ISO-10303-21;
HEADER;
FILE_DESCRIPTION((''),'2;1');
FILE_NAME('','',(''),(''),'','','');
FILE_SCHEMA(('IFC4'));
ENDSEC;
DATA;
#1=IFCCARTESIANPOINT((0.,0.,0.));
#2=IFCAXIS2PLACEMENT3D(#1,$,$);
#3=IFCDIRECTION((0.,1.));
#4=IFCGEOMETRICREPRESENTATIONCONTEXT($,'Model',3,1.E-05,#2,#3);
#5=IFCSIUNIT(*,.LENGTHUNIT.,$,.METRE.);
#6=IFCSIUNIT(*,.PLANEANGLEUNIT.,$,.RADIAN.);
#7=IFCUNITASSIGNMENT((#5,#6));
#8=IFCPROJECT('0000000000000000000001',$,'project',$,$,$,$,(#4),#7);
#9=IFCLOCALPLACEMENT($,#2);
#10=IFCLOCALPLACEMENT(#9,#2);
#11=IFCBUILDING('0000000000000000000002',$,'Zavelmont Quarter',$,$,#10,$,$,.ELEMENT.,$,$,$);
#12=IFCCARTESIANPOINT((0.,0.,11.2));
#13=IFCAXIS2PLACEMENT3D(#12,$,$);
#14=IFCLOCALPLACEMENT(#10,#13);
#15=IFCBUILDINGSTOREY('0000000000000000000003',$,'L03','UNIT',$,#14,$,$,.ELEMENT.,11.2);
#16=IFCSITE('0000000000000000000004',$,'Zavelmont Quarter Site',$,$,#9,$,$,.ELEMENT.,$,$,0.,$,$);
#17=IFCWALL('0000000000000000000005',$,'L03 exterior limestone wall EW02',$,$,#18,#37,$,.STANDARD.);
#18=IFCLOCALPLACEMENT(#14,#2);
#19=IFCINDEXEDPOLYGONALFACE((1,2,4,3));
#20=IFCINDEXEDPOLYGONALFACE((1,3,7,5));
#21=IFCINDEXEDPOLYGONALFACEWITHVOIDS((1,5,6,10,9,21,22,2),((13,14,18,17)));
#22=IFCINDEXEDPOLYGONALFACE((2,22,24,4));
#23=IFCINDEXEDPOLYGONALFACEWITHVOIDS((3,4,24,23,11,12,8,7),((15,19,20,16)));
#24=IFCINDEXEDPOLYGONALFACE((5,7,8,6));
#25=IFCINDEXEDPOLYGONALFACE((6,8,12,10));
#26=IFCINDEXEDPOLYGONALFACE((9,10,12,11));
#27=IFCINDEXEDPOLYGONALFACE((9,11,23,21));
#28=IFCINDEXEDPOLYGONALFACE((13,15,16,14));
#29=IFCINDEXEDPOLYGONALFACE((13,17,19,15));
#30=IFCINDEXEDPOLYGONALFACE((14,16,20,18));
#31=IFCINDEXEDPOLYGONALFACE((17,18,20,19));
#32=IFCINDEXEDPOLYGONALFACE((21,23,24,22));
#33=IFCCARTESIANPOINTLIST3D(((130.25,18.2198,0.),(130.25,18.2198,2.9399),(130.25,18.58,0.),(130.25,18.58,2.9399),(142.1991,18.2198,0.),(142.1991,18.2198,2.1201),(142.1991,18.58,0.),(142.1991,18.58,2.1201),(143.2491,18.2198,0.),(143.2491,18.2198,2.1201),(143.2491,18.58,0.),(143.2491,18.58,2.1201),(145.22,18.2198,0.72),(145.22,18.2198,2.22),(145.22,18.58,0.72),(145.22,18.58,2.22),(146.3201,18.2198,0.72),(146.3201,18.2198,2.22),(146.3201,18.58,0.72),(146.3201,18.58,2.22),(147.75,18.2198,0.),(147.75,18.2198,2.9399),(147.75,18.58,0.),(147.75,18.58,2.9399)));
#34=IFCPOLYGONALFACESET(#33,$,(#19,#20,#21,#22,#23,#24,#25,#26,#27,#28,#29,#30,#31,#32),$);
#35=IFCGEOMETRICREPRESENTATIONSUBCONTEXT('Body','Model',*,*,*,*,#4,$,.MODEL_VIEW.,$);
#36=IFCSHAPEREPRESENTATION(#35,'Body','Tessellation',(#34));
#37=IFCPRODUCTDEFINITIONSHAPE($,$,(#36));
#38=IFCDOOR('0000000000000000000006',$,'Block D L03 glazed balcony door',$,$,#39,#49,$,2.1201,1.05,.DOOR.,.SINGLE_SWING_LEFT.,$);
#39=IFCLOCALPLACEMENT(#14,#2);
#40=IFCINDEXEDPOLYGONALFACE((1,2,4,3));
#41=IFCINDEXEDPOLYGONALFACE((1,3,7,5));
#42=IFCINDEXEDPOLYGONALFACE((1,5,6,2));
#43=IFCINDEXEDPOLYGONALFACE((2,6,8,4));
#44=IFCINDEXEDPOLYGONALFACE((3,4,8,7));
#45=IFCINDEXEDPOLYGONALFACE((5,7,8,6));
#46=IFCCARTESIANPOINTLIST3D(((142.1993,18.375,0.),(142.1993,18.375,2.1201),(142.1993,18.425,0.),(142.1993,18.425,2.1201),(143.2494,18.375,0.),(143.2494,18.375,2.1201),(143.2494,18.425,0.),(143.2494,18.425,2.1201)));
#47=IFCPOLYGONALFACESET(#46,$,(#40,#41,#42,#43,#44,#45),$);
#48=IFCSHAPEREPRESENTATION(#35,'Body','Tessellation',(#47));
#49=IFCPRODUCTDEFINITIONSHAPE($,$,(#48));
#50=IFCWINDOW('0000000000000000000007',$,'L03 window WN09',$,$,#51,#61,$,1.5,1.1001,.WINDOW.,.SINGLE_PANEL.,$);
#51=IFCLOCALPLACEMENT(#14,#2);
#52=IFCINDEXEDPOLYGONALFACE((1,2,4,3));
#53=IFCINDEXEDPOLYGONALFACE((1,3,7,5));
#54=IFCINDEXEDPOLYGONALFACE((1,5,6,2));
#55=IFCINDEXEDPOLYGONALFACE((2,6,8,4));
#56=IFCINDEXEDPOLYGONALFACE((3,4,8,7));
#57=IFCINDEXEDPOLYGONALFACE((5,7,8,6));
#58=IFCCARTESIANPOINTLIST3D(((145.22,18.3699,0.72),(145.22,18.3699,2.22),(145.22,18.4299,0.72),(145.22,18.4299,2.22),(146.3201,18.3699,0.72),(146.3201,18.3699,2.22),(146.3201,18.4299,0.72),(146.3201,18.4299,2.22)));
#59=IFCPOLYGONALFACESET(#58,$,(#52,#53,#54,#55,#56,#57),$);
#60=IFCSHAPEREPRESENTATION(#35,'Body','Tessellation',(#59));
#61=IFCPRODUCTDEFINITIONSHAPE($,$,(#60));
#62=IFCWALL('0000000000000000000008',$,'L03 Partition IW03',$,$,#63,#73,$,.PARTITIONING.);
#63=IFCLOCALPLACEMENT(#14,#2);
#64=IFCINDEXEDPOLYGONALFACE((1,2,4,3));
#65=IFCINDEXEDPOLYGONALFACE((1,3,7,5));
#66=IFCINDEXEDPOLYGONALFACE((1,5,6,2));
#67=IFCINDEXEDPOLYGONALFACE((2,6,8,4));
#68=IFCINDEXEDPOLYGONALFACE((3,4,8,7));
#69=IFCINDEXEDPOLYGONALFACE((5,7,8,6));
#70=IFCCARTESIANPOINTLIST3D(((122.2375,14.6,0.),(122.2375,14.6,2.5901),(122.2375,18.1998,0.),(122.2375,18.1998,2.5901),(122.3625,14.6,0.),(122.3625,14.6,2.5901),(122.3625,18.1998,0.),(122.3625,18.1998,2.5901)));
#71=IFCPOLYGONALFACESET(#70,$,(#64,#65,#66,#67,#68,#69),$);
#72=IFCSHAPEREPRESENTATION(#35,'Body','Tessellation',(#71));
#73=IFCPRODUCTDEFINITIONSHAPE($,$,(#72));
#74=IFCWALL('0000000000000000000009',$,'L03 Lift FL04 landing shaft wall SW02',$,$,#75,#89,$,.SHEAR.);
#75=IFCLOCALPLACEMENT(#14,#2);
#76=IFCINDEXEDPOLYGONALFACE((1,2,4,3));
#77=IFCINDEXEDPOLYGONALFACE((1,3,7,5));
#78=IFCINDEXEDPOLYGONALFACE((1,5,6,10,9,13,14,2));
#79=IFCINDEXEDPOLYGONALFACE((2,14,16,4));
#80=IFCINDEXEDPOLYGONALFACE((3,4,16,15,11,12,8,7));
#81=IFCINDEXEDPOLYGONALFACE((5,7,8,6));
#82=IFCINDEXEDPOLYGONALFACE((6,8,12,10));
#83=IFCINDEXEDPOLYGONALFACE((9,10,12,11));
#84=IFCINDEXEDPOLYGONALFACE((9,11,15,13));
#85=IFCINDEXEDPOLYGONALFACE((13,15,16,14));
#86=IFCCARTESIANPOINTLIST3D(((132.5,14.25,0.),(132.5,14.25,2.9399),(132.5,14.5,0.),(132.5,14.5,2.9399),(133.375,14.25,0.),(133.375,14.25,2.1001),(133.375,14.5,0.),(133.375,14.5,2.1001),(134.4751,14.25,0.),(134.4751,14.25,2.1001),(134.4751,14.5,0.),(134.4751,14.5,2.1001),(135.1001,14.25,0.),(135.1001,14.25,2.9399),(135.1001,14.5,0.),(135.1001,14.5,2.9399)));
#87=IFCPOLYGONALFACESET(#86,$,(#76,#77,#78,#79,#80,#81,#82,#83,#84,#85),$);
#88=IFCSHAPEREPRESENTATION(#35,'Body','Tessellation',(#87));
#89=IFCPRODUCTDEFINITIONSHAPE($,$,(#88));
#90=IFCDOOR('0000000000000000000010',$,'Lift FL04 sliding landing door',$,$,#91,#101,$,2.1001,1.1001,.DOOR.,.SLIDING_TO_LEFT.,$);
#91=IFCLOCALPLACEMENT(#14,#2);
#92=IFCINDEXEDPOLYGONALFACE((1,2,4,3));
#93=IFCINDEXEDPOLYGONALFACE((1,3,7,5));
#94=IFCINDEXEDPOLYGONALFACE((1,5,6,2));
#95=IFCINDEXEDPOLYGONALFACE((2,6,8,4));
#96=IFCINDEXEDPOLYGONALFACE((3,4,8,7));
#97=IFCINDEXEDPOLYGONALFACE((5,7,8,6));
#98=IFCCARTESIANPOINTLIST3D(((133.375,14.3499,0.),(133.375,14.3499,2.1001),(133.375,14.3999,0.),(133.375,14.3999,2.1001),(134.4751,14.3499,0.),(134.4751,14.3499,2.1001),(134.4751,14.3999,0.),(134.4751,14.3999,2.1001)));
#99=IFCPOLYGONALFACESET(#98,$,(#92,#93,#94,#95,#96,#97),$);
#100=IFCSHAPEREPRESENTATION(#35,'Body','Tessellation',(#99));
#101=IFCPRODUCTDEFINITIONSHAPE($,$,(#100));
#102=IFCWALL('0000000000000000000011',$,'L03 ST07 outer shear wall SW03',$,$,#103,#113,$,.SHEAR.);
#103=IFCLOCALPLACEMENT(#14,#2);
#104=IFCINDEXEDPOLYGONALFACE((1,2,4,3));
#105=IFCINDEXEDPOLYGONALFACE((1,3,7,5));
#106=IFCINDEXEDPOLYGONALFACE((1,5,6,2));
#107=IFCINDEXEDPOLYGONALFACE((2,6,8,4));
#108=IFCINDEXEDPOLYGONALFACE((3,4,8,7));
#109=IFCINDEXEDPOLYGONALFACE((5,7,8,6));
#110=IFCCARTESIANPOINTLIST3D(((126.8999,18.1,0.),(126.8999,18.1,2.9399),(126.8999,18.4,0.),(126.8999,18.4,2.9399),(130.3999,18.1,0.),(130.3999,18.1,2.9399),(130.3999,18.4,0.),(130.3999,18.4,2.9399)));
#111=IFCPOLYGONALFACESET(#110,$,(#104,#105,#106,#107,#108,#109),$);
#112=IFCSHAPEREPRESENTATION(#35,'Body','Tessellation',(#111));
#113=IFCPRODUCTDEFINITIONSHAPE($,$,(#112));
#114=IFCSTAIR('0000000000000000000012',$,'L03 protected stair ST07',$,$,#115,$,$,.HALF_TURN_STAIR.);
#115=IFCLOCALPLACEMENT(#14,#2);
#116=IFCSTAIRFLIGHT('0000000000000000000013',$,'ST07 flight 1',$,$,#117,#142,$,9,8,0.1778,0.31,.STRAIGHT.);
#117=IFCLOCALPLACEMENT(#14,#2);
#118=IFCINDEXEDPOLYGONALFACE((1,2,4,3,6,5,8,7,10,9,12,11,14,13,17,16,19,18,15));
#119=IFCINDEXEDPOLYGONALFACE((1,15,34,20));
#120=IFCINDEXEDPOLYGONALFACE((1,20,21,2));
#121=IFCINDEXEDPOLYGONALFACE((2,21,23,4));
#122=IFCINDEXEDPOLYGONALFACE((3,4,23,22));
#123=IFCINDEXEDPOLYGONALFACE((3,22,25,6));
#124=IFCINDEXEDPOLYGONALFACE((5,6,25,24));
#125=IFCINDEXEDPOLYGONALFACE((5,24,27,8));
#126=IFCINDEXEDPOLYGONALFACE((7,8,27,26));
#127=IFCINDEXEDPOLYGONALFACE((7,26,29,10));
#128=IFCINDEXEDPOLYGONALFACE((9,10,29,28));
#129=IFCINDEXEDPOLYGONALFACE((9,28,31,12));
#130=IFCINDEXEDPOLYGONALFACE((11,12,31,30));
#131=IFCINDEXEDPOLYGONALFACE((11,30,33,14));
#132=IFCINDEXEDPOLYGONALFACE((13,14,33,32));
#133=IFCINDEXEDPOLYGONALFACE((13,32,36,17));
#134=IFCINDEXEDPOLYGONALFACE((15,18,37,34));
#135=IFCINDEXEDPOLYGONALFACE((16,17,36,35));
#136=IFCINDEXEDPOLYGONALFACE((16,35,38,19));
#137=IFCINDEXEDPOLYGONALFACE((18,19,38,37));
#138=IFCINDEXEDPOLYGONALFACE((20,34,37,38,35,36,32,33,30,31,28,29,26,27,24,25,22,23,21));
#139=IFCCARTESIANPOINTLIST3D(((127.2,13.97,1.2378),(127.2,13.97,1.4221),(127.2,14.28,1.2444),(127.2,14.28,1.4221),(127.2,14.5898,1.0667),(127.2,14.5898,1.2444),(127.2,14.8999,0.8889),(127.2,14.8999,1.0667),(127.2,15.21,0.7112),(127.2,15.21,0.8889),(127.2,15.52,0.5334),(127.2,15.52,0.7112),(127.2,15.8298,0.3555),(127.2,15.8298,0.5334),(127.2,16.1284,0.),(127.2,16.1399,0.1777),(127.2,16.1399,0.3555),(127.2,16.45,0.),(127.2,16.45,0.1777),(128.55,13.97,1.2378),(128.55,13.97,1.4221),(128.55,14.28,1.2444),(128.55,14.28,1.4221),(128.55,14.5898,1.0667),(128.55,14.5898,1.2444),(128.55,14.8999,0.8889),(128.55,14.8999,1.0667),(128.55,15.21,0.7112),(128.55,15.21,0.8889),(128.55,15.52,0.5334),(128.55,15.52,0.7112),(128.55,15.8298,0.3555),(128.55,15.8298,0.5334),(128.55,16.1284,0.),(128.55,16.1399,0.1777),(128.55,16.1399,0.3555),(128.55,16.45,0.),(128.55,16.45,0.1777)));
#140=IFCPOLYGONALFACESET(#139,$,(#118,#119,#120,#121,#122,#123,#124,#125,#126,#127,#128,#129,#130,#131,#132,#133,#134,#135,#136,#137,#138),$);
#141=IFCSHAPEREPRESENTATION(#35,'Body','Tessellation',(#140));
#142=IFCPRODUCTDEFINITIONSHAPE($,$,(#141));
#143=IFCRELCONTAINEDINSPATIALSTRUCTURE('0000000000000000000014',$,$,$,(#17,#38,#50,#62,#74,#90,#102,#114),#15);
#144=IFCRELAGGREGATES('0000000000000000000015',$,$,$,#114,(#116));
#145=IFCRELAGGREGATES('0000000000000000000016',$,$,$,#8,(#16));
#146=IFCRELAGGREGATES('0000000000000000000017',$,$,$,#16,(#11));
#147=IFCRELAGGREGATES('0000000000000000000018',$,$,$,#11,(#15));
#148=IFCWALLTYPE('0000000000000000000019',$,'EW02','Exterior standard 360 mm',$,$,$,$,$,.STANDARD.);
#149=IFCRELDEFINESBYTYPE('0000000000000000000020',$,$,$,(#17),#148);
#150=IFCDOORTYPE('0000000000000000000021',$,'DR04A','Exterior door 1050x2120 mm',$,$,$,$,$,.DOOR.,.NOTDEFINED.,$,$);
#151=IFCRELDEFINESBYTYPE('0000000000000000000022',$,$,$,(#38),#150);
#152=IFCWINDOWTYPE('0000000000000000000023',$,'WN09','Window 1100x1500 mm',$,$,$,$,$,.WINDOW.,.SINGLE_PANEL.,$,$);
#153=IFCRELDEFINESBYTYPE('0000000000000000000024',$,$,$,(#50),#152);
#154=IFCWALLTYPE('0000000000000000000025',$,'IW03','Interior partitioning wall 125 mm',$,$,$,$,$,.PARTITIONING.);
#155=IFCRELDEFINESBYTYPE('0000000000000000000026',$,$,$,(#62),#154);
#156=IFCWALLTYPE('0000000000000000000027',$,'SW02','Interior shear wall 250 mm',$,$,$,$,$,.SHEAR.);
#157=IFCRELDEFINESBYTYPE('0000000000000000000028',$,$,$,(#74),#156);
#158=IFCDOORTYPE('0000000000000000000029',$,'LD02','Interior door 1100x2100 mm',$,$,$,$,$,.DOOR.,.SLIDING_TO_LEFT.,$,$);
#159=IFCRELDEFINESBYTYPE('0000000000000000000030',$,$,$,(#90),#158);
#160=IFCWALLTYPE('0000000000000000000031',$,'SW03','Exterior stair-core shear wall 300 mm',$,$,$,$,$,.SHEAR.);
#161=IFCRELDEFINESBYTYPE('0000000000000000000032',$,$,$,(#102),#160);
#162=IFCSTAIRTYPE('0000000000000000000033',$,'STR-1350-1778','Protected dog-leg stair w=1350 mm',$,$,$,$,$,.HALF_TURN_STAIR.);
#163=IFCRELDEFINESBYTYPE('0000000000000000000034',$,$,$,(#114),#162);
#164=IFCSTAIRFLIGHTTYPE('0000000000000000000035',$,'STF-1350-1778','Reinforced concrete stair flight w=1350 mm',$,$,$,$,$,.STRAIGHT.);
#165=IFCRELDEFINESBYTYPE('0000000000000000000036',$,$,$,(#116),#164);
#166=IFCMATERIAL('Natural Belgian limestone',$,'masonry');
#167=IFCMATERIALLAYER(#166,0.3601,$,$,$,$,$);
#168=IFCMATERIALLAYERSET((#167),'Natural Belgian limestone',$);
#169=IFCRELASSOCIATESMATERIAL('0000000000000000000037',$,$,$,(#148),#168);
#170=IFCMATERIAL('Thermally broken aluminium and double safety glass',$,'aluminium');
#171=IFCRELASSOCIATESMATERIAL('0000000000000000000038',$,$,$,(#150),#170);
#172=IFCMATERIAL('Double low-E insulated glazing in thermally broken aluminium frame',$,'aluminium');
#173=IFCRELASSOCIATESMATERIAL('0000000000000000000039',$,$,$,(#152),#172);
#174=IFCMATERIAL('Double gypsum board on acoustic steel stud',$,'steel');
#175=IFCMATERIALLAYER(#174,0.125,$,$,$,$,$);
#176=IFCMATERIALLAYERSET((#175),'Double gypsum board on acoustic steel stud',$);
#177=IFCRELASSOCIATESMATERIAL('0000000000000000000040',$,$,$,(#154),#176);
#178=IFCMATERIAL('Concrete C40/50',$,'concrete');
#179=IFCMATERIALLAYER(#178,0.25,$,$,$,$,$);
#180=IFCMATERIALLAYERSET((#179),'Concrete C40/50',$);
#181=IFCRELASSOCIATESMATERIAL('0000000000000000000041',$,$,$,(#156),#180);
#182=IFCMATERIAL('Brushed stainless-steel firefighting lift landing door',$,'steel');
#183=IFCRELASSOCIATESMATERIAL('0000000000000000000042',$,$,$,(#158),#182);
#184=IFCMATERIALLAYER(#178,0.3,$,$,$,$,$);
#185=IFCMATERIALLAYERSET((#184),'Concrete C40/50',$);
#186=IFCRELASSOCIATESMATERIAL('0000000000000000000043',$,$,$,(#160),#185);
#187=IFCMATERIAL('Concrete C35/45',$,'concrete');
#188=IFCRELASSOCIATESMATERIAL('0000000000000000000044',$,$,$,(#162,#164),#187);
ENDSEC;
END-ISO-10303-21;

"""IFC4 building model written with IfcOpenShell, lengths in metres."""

from ifc_helpers import new_model, si_unit, direction, frame, frame_2d, origin, origin_with_axes, place, context, subcontext, project, spatial, polyline, rectangle, outline, extrude, material, layer, layer_set, type_object, element, fill, aggregate, save


model = new_model("IFC4")

# Units and contexts
model_context = context("Model", 3, precision=1e-05, world=origin(), true_north=direction((0.0, 1.0)))
body_context = subcontext(model_context, "Body", "Model", "MODEL_VIEW")
ifc_project = project(units=[si_unit("LENGTHUNIT", "METRE"), si_unit("PLANEANGLEUNIT", "RADIAN")], contexts=[model_context])

# Site, building, storey
site_placement = place(None, origin())
site = spatial("IfcSite", under=ifc_project, at=site_placement, Name="Zavelmont Quarter Site", CompositionType="ELEMENT", RefElevation=0.0)
building_placement = place(site_placement, origin())
building = spatial("IfcBuilding", under=site, at=building_placement, Name="Zavelmont Quarter", CompositionType="ELEMENT")
storey_placement = place(building_placement, frame((0.0, 0.0, 11.2)))
storey = spatial("IfcBuildingStorey", under=building, at=storey_placement, Name="L03", Description="UNIT", CompositionType="ELEMENT", Elevation=11.2)

# Shared definitions
ifc_material_1 = material(Name="Concrete C40/50", Category="concrete")

# Shared definitions
ifc_material_2 = material(Name="Concrete C35/45", Category="concrete")

# Wall, openings, door, window
ifc_material_3 = material(Name="Natural Belgian limestone", Category="masonry")
ifc_layer_1 = layer(ifc_material_3, 0.3601)
ifc_layer_set_1 = layer_set([ifc_layer_1], Name="Natural Belgian limestone")
wall_type_1 = type_object("IfcWallType", Name="EW02", Description="Exterior standard 360 mm", PredefinedType="STANDARD", material=ifc_layer_set_1)
wall_1_placement = place(storey_placement, frame((130.25, 18.3999, 0.0), z_axis=(0.0, 0.0, 1.0), x_axis=(1.0, 0.0, 0.0)))
wall_1 = element("IfcWall", 1, at=wall_1_placement, inside=storey, type_object=wall_type_1, Name="L03 exterior limestone wall EW02", PredefinedType="STANDARD", context=body_context, shape_type="SweptSolid", body=[
    extrude(rectangle(XDim=17.5, YDim=0.3601, at=frame_2d((8.75, 0.0))), origin(), (0.0, 0.0, 1.0), 2.9399),
])
opening_1_placement = place(wall_1_placement, frame((11.9492, 0.0, 0.0)))
opening_1 = element("IfcOpeningElement", 2, at=opening_1_placement, cuts=wall_1, PredefinedType="OPENING", context=body_context, shape_type="SweptSolid", body=[
    extrude(rectangle(XDim=1.05, YDim=2.1201, at=frame_2d((0.5249, 1.0601))), frame((0.0, 0.1919, 0.0), z_axis=(0.0, -1.0, 0.0), x_axis=(1.0, 0.0, 0.0)), (0.0, 0.0, 1.0), 0.384),
])
opening_2_placement = place(wall_1_placement, frame((14.97, 0.0, 0.72)))
opening_2 = element("IfcOpeningElement", 3, at=opening_2_placement, cuts=wall_1, PredefinedType="OPENING", context=body_context, shape_type="SweptSolid", body=[
    extrude(rectangle(XDim=1.1001, YDim=1.5, at=frame_2d((0.55, 0.75))), frame((0.0, 0.1919, 0.0), z_axis=(0.0, -1.0, 0.0), x_axis=(1.0, 0.0, 0.0)), (0.0, 0.0, 1.0), 0.384),
])
ifc_material_4 = material(Name="Thermally broken aluminium and double safety glass", Category="aluminium")
door_type_1 = type_object("IfcDoorType", Name="DR04A", Description="Exterior door 1050x2120 mm", OperationType="NOTDEFINED", PredefinedType="DOOR", material=ifc_material_4)
door_1_placement = place(opening_1_placement, frame((1.05, 0.0, 0.0), z_axis=(0.0, 0.0, 1.0), x_axis=(-1.0, 0.0, 0.0)))
door_1 = element("IfcDoor", 4, at=door_1_placement, inside=storey, type_object=door_type_1, Name="Block D L03 glazed balcony door", OperationType="SINGLE_SWING_LEFT", OverallHeight=2.1201, OverallWidth=1.05, PredefinedType="DOOR", context=body_context, shape_type="SweptSolid", body=[
    extrude(rectangle(XDim=1.05, YDim=2.1201, at=frame_2d((0.5249, 1.0601))), frame((0.0, 0.0249, 0.0), z_axis=(0.0, -1.0, 0.0), x_axis=(1.0, 0.0, 0.0)), (0.0, 0.0, 1.0), 0.05),
])
fill(opening_1, door_1)
ifc_material_5 = material(Name="Double low-E insulated glazing in thermally broken aluminium frame", Category="aluminium")
window_type = type_object("IfcWindowType", Name="WN09", Description="Window 1100x1500 mm", PartitioningType="SINGLE_PANEL", PredefinedType="WINDOW", material=ifc_material_5)
window_placement = place(opening_2_placement, origin_with_axes())
window = element("IfcWindow", 5, at=window_placement, inside=storey, type_object=window_type, Name="L03 window WN09", OverallHeight=1.5, OverallWidth=1.1001, PartitioningType="SINGLE_PANEL", PredefinedType="WINDOW", context=body_context, shape_type="SweptSolid", body=[
    extrude(rectangle(XDim=1.1001, YDim=1.5, at=frame_2d((0.55, 0.75))), frame((0.0, 0.03, 0.0), z_axis=(0.0, -1.0, 0.0), x_axis=(1.0, 0.0, 0.0)), (0.0, 0.0, 1.0), 0.0601),
])
fill(opening_2, window)

# Wall
ifc_material_6 = material(Name="Double gypsum board on acoustic steel stud", Category="steel")
ifc_layer_2 = layer(ifc_material_6, 0.125)
ifc_layer_set_2 = layer_set([ifc_layer_2], Name="Double gypsum board on acoustic steel stud")
wall_type_2 = type_object("IfcWallType", Name="IW03", Description="Interior partitioning wall 125 mm", PredefinedType="PARTITIONING", material=ifc_layer_set_2)
wall_2_placement = place(storey_placement, frame((122.3, 14.6001, 0.0), z_axis=(0.0, 0.0, 1.0), x_axis=(0.0, 1.0, 0.0)))
element("IfcWall", 6, at=wall_2_placement, inside=storey, type_object=wall_type_2, Name="L03 Partition IW03", PredefinedType="PARTITIONING", context=body_context, shape_type="SweptSolid", body=[
    extrude(rectangle(XDim=3.5999, YDim=0.125, at=frame_2d((1.7998, 0.0))), origin(), (0.0, 0.0, 1.0), 2.5901),
])

# Wall, opening, door
ifc_layer_3 = layer(ifc_material_1, 0.25)
ifc_layer_set_3 = layer_set([ifc_layer_3], Name="Concrete C40/50")
wall_type_3 = type_object("IfcWallType", Name="SW02", Description="Interior shear wall 250 mm", PredefinedType="SHEAR", material=ifc_layer_set_3)
wall_3_placement = place(storey_placement, frame((132.5, 14.375, 0.0), z_axis=(0.0, 0.0, 1.0), x_axis=(1.0, 0.0, 0.0)))
wall_3 = element("IfcWall", 7, at=wall_3_placement, inside=storey, type_object=wall_type_3, Name="L03 Lift FL04 landing shaft wall SW02", PredefinedType="SHEAR", context=body_context, shape_type="SweptSolid", body=[
    extrude(rectangle(XDim=2.6001, YDim=0.25, at=frame_2d((1.3, 0.0))), origin(), (0.0, 0.0, 1.0), 2.9399),
])
opening_3_placement = place(wall_3_placement, frame((0.875, 0.0, 0.0)))
opening_3 = element("IfcOpeningElement", 8, at=opening_3_placement, cuts=wall_3, PredefinedType="OPENING", context=body_context, shape_type="SweptSolid", body=[
    extrude(rectangle(XDim=1.1001, YDim=2.1001, at=frame_2d((0.55, 1.05))), frame((0.0, 0.137, 0.0), z_axis=(0.0, -1.0, 0.0), x_axis=(1.0, 0.0, 0.0)), (0.0, 0.0, 1.0), 0.2739),
])
ifc_material_7 = material(Name="Brushed stainless-steel firefighting lift landing door", Category="steel")
door_type_2 = type_object("IfcDoorType", Name="LD02", Description="Interior door 1100x2100 mm", OperationType="SLIDING_TO_LEFT", PredefinedType="DOOR", material=ifc_material_7)
door_2_placement = place(opening_3_placement, origin_with_axes())
door_2 = element("IfcDoor", 9, at=door_2_placement, inside=storey, type_object=door_type_2, Name="Lift FL04 sliding landing door", OperationType="SLIDING_TO_LEFT", OverallHeight=2.1001, OverallWidth=1.1001, PredefinedType="DOOR", context=body_context, shape_type="SweptSolid", body=[
    extrude(rectangle(XDim=1.1001, YDim=2.1001, at=frame_2d((0.55, 1.05))), frame((0.0, 0.0249, 0.0), z_axis=(0.0, -1.0, 0.0), x_axis=(1.0, 0.0, 0.0)), (0.0, 0.0, 1.0), 0.05),
])
fill(opening_3, door_2)

# Wall
ifc_layer_4 = layer(ifc_material_1, 0.3)
ifc_layer_set_4 = layer_set([ifc_layer_4], Name="Concrete C40/50")
wall_type_4 = type_object("IfcWallType", Name="SW03", Description="Exterior stair-core shear wall 300 mm", PredefinedType="SHEAR", material=ifc_layer_set_4)
wall_4_placement = place(storey_placement, frame((126.8999, 18.25, 0.0), z_axis=(0.0, 0.0, 1.0), x_axis=(1.0, 0.0, 0.0)))
element("IfcWall", 10, at=wall_4_placement, inside=storey, type_object=wall_type_4, Name="L03 ST07 outer shear wall SW03", PredefinedType="SHEAR", context=body_context, shape_type="SweptSolid", body=[
    extrude(rectangle(XDim=3.5, YDim=0.3, at=frame_2d((1.75, 0.0))), origin(), (0.0, 0.0, 1.0), 2.9399),
])

# Stair, stair flight
stair_type = type_object("IfcStairType", Name="STR-1350-1778", Description="Protected dog-leg stair w=1350 mm", PredefinedType="HALF_TURN_STAIR", material=ifc_material_2)
stair_placement = place(storey_placement, origin())
stair = element("IfcStair", 11, at=stair_placement, inside=storey, type_object=stair_type, Name="L03 protected stair ST07", PredefinedType="HALF_TURN_STAIR")
stair_flight_type = type_object("IfcStairFlightType", Name="STF-1350-1778", Description="Reinforced concrete stair flight w=1350 mm", PredefinedType="STRAIGHT", material=ifc_material_2)
stair_flight_placement = place(storey_placement, frame((127.875, 16.45, 0.0), z_axis=(0.0, 0.0, 1.0), x_axis=(0.0, -1.0, 0.0)))
stair_flight = element("IfcStairFlight", 12, at=stair_flight_placement, type_object=stair_flight_type, Name="ST07 flight 1", NumberOfRisers=9, NumberOfTreads=8, PredefinedType="STRAIGHT", RiserHeight=0.1778, TreadLength=0.31, context=body_context, shape_type="SweptSolid", body=[
    extrude(outline(polyline([(0.0, 0.0), (0.0, 0.1777), (0.3101, 0.1777), (0.3101, 0.3555), (0.6201, 0.3555), (0.6201, 0.5334), (0.9299, 0.5334), (0.9299, 0.7112), (1.24, 0.7112), (1.24, 0.8889), (1.55, 0.8889), (1.55, 1.0667), (1.8601, 1.0667), (1.8601, 1.2444), (2.1699, 1.2444), (2.1699, 1.4221), (2.48, 1.4221), (2.48, 1.6001), (2.48, 1.2378), (0.3215, 0.0), (0.0, 0.0)])), frame((0.0, 0.675, 0.0), z_axis=(0.0, -1.0, 0.0), x_axis=(1.0, 0.0, 0.0)), (0.0, 0.0, 1.0), 1.3501),
])
aggregate(stair, [stair_flight])

save(model, "model.ifc")
